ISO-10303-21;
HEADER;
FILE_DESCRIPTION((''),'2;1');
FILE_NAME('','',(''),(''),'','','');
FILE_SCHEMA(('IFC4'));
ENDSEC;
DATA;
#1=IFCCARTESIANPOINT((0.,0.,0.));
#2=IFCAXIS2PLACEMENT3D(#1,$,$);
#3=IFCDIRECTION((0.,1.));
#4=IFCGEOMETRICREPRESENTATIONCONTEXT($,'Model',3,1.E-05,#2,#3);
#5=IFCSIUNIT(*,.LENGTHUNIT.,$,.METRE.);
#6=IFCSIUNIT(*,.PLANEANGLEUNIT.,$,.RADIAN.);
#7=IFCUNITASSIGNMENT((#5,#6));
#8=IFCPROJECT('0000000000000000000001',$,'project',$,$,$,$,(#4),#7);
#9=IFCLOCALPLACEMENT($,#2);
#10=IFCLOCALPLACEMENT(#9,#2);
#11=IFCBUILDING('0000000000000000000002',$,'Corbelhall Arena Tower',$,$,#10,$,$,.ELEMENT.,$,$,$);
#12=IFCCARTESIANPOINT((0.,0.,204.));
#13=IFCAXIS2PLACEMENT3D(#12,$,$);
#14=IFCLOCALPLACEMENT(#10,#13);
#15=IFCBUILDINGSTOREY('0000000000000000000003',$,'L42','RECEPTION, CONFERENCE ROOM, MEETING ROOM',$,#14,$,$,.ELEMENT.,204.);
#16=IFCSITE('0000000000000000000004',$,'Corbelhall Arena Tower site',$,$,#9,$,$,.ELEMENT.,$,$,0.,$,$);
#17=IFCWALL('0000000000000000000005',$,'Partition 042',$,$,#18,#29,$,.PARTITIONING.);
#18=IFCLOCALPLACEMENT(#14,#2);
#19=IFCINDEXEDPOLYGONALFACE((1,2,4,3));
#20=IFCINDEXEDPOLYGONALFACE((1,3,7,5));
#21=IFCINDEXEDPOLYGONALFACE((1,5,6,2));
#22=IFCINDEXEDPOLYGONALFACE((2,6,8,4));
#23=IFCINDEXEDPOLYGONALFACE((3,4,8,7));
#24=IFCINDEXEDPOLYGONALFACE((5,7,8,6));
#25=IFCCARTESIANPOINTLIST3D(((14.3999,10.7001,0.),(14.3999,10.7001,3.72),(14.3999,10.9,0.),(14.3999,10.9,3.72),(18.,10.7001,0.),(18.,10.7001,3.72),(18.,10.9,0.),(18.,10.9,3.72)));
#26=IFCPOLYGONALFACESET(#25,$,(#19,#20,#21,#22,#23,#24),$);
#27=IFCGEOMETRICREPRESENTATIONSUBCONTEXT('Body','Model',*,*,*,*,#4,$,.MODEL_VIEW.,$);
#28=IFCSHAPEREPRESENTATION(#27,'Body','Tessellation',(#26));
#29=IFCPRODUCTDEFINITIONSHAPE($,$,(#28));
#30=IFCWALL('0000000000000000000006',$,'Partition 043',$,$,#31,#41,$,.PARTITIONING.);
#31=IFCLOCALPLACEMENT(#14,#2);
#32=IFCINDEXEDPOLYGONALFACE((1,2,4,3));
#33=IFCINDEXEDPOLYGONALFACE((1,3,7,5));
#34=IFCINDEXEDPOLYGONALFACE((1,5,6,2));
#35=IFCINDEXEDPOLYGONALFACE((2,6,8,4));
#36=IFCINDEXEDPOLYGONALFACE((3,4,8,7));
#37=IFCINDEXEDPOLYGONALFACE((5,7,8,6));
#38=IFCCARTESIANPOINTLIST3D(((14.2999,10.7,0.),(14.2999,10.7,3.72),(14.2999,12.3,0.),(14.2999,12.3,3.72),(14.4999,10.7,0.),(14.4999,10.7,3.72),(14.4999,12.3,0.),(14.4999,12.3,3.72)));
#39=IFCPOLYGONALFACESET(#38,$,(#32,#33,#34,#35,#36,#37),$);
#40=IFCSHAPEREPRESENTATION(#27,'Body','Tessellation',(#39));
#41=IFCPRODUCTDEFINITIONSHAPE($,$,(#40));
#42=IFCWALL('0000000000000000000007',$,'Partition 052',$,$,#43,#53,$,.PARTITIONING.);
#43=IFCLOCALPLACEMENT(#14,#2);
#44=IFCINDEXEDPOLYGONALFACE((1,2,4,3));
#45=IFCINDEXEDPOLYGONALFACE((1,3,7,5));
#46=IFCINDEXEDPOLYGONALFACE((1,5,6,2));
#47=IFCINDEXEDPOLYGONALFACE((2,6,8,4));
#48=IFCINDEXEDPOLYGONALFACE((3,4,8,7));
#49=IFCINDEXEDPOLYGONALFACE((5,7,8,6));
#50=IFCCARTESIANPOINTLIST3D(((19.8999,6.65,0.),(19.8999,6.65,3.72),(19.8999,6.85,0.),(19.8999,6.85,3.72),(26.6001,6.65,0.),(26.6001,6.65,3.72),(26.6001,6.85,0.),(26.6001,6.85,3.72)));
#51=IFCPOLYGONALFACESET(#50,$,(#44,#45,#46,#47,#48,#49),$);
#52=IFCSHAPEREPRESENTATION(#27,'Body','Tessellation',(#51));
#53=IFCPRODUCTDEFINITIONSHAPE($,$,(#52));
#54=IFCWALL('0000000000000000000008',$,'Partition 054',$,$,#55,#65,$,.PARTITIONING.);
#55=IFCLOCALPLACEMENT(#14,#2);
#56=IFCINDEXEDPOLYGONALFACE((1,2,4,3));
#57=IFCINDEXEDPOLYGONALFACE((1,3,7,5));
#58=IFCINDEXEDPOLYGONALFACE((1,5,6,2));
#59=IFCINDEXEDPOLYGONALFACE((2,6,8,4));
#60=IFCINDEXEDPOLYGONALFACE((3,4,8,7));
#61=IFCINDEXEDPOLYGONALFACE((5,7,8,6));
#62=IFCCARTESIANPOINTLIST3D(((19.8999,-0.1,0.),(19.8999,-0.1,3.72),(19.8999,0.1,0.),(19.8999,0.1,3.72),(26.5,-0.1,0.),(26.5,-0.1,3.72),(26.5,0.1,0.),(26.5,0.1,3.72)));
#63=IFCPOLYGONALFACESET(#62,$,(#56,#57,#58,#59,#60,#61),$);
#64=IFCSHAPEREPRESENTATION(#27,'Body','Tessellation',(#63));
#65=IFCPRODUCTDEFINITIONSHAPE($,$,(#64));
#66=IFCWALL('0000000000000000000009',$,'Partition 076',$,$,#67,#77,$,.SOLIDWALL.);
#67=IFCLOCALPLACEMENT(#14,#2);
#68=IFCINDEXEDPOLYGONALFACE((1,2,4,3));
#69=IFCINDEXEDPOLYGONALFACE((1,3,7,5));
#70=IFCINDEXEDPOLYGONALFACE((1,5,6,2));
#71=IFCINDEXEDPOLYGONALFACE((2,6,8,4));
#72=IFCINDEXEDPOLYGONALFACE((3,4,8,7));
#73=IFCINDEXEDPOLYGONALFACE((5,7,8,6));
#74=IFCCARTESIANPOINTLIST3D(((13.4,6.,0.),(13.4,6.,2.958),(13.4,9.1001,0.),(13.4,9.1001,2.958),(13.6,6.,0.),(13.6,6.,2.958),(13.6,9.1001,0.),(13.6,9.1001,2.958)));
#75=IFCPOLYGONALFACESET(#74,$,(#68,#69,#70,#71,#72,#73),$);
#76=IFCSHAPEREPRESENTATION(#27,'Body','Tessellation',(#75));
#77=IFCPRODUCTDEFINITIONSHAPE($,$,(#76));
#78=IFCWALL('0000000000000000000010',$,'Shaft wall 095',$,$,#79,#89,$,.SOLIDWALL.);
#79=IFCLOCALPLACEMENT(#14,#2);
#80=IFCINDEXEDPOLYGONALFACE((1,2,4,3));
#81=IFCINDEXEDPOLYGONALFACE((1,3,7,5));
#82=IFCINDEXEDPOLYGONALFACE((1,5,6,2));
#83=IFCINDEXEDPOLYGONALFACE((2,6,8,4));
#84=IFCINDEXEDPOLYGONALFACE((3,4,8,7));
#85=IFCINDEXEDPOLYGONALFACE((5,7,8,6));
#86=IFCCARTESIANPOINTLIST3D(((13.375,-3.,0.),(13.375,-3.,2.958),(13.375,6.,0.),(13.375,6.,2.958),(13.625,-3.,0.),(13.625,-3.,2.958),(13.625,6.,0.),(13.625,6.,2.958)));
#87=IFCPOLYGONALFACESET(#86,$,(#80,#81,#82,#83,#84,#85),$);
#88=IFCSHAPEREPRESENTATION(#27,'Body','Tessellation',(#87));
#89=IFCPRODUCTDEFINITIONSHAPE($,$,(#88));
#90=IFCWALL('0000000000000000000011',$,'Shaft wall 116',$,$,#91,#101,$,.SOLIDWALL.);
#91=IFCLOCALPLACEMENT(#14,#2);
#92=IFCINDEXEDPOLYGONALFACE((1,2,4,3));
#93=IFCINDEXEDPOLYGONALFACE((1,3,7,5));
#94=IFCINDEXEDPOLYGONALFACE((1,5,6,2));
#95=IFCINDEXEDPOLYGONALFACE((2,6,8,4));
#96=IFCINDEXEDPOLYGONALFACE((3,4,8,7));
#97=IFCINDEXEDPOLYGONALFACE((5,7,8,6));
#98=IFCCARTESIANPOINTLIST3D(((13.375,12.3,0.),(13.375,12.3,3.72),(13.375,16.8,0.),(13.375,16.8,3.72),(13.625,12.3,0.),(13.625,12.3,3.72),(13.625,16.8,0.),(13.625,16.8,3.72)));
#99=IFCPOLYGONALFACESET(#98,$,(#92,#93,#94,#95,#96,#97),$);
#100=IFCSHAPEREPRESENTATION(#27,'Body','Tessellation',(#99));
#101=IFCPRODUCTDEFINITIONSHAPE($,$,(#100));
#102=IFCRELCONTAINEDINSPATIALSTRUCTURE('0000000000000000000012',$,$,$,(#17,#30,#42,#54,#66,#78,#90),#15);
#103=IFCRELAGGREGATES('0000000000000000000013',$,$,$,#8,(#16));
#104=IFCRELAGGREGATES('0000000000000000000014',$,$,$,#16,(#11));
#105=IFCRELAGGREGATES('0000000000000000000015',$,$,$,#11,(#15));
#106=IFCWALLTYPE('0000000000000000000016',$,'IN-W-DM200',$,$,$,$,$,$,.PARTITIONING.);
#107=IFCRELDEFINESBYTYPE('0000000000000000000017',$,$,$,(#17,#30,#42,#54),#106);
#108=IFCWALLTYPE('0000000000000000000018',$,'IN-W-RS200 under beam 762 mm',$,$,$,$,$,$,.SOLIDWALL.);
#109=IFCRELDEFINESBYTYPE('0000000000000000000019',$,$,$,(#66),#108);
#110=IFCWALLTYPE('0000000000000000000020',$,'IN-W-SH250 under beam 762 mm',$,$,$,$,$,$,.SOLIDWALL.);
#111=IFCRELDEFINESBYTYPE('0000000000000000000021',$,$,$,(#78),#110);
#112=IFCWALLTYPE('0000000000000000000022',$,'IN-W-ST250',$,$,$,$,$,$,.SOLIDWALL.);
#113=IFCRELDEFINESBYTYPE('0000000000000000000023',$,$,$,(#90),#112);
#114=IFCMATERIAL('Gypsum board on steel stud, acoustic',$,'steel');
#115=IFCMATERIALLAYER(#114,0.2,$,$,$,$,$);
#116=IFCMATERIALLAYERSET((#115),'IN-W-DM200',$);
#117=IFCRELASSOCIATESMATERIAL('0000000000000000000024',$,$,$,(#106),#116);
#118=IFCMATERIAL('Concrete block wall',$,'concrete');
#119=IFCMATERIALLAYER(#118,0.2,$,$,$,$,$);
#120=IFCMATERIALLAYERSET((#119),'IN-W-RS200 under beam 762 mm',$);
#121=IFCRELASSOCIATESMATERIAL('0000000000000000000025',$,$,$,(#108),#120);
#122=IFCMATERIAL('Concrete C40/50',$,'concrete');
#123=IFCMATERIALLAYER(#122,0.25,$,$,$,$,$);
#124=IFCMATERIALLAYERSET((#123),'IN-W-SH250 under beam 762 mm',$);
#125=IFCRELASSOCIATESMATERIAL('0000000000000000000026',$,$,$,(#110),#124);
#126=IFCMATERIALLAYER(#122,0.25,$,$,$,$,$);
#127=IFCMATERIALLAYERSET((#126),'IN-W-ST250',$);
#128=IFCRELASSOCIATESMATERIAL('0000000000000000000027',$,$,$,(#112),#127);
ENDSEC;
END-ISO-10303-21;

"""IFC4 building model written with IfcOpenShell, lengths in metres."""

from ifc_helpers import new_model, si_unit, direction, frame, frame_2d, origin, place, context, subcontext, project, spatial, rectangle, extrude, material, layer, layer_set, type_object, element, save


model = new_model("IFC4")

# Units and contexts
model_context = context("Model", 3, precision=1e-05, world=origin(), true_north=direction((0.0, 1.0)))
body_context = subcontext(model_context, "Body", "Model", "MODEL_VIEW")
ifc_project = project(units=[si_unit("LENGTHUNIT", "METRE"), si_unit("PLANEANGLEUNIT", "RADIAN")], contexts=[model_context])

# Site, building, storey
site_placement = place(None, origin())
site = spatial("IfcSite", under=ifc_project, at=site_placement, Name="Corbelhall Arena Tower site", CompositionType="ELEMENT", RefElevation=0.0)
building_placement = place(site_placement, origin())
building = spatial("IfcBuilding", under=site, at=building_placement, Name="Corbelhall Arena Tower", CompositionType="ELEMENT")
storey_placement = place(building_placement, frame((0.0, 0.0, 204.0)))
storey = spatial("IfcBuildingStorey", under=building, at=storey_placement, Name="L42", Description="RECEPTION, CONFERENCE ROOM, MEETING ROOM", CompositionType="ELEMENT", Elevation=204.0)

# Walls
ifc_material_1 = material(Name="Gypsum board on steel stud, acoustic", Category="steel")
ifc_layer_1 = layer(ifc_material_1, 0.2)
ifc_layer_set_1 = layer_set([ifc_layer_1], Name="IN-W-DM200")
wall_type_1 = type_object("IfcWallType", Name="IN-W-DM200", PredefinedType="PARTITIONING", material=ifc_layer_set_1)
wall_1_placement = place(storey_placement, frame((14.3999, 10.8, 0.0), z_axis=(0.0, 0.0, 1.0), x_axis=(1.0, 0.0, 0.0)))
element("IfcWall", 1, at=wall_1_placement, inside=storey, type_object=wall_type_1, Name="Partition 042", PredefinedType="PARTITIONING", context=body_context, shape_type="SweptSolid", body=[
    extrude(rectangle(XDim=3.6001, YDim=0.2, at=frame_2d((1.8, 0.0))), origin(), (0.0, 0.0, 1.0), 3.72),
])
wall_2_placement = place(storey_placement, frame((14.3999, 12.3, 0.0), z_axis=(0.0, 0.0, 1.0), x_axis=(0.0, -1.0, 0.0)))
element("IfcWall", 2, at=wall_2_placement, inside=storey, type_object=wall_type_1, Name="Partition 043", PredefinedType="PARTITIONING", context=body_context, shape_type="SweptSolid", body=[
    extrude(rectangle(XDim=1.6001, YDim=0.2, at=frame_2d((0.8, 0.0))), origin(), (0.0, 0.0, 1.0), 3.72),
])

# Walls
wall_3_placement = place(storey_placement, frame((19.8999, 6.75, 0.0), z_axis=(0.0, 0.0, 1.0), x_axis=(1.0, 0.0, 0.0)))
element("IfcWall", 3, at=wall_3_placement, inside=storey, type_object=wall_type_1, Name="Partition 052", PredefinedType="PARTITIONING", context=body_context, shape_type="SweptSolid", body=[
    extrude(rectangle(XDim=6.7002, YDim=0.2, at=frame_2d((3.3501, 0.0))), origin(), (0.0, 0.0, 1.0), 3.72),
])
wall_4_placement = place(storey_placement, frame((26.5, 0.0, 0.0), z_axis=(0.0, 0.0, 1.0), x_axis=(-1.0, 0.0, 0.0)))
element("IfcWall", 4, at=wall_4_placement, inside=storey, type_object=wall_type_1, Name="Partition 054", PredefinedType="PARTITIONING", context=body_context, shape_type="SweptSolid", body=[
    extrude(rectangle(XDim=6.6001, YDim=0.2, at=frame_2d((3.3, 0.0))), origin(), (0.0, 0.0, 1.0), 3.72),
])
ifc_material_2 = material(Name="Concrete block wall", Category="concrete")
ifc_layer_2 = layer(ifc_material_2, 0.2)
ifc_layer_set_2 = layer_set([ifc_layer_2], Name="IN-W-RS200 under beam 762 mm")
wall_type_2 = type_object("IfcWallType", Name="IN-W-RS200 under beam 762 mm", PredefinedType="SOLIDWALL", material=ifc_layer_set_2)
wall_5_placement = place(storey_placement, frame((13.5, 9.1001, 0.0), z_axis=(0.0, 0.0, 1.0), x_axis=(0.0, -1.0, 0.0)))
element("IfcWall", 5, at=wall_5_placement, inside=storey, type_object=wall_type_2, Name="Partition 076", PredefinedType="SOLIDWALL", context=body_context, shape_type="SweptSolid", body=[
    extrude(rectangle(XDim=3.1001, YDim=0.2, at=frame_2d((1.55, 0.0))), origin(), (0.0, 0.0, 1.0), 2.958),
])
ifc_material_3 = material(Name="Concrete C40/50", Category="concrete")
ifc_layer_3 = layer(ifc_material_3, 0.25)
ifc_layer_set_3 = layer_set([ifc_layer_3], Name="IN-W-SH250 under beam 762 mm")
wall_type_3 = type_object("IfcWallType", Name="IN-W-SH250 under beam 762 mm", PredefinedType="SOLIDWALL", material=ifc_layer_set_3)
wall_6_placement = place(storey_placement, frame((13.5, 6.0, 0.0), z_axis=(0.0, 0.0, 1.0), x_axis=(0.0, -1.0, 0.0)))
element("IfcWall", 6, at=wall_6_placement, inside=storey, type_object=wall_type_3, Name="Shaft wall 095", PredefinedType="SOLIDWALL", context=body_context, shape_type="SweptSolid", body=[
    extrude(rectangle(XDim=9.0, YDim=0.25, at=frame_2d((4.5, 0.0))), origin(), (0.0, 0.0, 1.0), 2.958),
])
ifc_layer_4 = layer(ifc_material_3, 0.25)
ifc_layer_set_4 = layer_set([ifc_layer_4], Name="IN-W-ST250")
wall_type_4 = type_object("IfcWallType", Name="IN-W-ST250", PredefinedType="SOLIDWALL", material=ifc_layer_set_4)
wall_7_placement = place(storey_placement, frame((13.5, 16.8, 0.0), z_axis=(0.0, 0.0, 1.0), x_axis=(0.0, -1.0, 0.0)))
element("IfcWall", 7, at=wall_7_placement, inside=storey, type_object=wall_type_4, Name="Shaft wall 116", PredefinedType="SOLIDWALL", context=body_context, shape_type="SweptSolid", body=[
    extrude(rectangle(XDim=4.5, YDim=0.25, at=frame_2d((2.25, 0.0))), origin(), (0.0, 0.0, 1.0), 3.72),
])

save(model, "model.ifc")
